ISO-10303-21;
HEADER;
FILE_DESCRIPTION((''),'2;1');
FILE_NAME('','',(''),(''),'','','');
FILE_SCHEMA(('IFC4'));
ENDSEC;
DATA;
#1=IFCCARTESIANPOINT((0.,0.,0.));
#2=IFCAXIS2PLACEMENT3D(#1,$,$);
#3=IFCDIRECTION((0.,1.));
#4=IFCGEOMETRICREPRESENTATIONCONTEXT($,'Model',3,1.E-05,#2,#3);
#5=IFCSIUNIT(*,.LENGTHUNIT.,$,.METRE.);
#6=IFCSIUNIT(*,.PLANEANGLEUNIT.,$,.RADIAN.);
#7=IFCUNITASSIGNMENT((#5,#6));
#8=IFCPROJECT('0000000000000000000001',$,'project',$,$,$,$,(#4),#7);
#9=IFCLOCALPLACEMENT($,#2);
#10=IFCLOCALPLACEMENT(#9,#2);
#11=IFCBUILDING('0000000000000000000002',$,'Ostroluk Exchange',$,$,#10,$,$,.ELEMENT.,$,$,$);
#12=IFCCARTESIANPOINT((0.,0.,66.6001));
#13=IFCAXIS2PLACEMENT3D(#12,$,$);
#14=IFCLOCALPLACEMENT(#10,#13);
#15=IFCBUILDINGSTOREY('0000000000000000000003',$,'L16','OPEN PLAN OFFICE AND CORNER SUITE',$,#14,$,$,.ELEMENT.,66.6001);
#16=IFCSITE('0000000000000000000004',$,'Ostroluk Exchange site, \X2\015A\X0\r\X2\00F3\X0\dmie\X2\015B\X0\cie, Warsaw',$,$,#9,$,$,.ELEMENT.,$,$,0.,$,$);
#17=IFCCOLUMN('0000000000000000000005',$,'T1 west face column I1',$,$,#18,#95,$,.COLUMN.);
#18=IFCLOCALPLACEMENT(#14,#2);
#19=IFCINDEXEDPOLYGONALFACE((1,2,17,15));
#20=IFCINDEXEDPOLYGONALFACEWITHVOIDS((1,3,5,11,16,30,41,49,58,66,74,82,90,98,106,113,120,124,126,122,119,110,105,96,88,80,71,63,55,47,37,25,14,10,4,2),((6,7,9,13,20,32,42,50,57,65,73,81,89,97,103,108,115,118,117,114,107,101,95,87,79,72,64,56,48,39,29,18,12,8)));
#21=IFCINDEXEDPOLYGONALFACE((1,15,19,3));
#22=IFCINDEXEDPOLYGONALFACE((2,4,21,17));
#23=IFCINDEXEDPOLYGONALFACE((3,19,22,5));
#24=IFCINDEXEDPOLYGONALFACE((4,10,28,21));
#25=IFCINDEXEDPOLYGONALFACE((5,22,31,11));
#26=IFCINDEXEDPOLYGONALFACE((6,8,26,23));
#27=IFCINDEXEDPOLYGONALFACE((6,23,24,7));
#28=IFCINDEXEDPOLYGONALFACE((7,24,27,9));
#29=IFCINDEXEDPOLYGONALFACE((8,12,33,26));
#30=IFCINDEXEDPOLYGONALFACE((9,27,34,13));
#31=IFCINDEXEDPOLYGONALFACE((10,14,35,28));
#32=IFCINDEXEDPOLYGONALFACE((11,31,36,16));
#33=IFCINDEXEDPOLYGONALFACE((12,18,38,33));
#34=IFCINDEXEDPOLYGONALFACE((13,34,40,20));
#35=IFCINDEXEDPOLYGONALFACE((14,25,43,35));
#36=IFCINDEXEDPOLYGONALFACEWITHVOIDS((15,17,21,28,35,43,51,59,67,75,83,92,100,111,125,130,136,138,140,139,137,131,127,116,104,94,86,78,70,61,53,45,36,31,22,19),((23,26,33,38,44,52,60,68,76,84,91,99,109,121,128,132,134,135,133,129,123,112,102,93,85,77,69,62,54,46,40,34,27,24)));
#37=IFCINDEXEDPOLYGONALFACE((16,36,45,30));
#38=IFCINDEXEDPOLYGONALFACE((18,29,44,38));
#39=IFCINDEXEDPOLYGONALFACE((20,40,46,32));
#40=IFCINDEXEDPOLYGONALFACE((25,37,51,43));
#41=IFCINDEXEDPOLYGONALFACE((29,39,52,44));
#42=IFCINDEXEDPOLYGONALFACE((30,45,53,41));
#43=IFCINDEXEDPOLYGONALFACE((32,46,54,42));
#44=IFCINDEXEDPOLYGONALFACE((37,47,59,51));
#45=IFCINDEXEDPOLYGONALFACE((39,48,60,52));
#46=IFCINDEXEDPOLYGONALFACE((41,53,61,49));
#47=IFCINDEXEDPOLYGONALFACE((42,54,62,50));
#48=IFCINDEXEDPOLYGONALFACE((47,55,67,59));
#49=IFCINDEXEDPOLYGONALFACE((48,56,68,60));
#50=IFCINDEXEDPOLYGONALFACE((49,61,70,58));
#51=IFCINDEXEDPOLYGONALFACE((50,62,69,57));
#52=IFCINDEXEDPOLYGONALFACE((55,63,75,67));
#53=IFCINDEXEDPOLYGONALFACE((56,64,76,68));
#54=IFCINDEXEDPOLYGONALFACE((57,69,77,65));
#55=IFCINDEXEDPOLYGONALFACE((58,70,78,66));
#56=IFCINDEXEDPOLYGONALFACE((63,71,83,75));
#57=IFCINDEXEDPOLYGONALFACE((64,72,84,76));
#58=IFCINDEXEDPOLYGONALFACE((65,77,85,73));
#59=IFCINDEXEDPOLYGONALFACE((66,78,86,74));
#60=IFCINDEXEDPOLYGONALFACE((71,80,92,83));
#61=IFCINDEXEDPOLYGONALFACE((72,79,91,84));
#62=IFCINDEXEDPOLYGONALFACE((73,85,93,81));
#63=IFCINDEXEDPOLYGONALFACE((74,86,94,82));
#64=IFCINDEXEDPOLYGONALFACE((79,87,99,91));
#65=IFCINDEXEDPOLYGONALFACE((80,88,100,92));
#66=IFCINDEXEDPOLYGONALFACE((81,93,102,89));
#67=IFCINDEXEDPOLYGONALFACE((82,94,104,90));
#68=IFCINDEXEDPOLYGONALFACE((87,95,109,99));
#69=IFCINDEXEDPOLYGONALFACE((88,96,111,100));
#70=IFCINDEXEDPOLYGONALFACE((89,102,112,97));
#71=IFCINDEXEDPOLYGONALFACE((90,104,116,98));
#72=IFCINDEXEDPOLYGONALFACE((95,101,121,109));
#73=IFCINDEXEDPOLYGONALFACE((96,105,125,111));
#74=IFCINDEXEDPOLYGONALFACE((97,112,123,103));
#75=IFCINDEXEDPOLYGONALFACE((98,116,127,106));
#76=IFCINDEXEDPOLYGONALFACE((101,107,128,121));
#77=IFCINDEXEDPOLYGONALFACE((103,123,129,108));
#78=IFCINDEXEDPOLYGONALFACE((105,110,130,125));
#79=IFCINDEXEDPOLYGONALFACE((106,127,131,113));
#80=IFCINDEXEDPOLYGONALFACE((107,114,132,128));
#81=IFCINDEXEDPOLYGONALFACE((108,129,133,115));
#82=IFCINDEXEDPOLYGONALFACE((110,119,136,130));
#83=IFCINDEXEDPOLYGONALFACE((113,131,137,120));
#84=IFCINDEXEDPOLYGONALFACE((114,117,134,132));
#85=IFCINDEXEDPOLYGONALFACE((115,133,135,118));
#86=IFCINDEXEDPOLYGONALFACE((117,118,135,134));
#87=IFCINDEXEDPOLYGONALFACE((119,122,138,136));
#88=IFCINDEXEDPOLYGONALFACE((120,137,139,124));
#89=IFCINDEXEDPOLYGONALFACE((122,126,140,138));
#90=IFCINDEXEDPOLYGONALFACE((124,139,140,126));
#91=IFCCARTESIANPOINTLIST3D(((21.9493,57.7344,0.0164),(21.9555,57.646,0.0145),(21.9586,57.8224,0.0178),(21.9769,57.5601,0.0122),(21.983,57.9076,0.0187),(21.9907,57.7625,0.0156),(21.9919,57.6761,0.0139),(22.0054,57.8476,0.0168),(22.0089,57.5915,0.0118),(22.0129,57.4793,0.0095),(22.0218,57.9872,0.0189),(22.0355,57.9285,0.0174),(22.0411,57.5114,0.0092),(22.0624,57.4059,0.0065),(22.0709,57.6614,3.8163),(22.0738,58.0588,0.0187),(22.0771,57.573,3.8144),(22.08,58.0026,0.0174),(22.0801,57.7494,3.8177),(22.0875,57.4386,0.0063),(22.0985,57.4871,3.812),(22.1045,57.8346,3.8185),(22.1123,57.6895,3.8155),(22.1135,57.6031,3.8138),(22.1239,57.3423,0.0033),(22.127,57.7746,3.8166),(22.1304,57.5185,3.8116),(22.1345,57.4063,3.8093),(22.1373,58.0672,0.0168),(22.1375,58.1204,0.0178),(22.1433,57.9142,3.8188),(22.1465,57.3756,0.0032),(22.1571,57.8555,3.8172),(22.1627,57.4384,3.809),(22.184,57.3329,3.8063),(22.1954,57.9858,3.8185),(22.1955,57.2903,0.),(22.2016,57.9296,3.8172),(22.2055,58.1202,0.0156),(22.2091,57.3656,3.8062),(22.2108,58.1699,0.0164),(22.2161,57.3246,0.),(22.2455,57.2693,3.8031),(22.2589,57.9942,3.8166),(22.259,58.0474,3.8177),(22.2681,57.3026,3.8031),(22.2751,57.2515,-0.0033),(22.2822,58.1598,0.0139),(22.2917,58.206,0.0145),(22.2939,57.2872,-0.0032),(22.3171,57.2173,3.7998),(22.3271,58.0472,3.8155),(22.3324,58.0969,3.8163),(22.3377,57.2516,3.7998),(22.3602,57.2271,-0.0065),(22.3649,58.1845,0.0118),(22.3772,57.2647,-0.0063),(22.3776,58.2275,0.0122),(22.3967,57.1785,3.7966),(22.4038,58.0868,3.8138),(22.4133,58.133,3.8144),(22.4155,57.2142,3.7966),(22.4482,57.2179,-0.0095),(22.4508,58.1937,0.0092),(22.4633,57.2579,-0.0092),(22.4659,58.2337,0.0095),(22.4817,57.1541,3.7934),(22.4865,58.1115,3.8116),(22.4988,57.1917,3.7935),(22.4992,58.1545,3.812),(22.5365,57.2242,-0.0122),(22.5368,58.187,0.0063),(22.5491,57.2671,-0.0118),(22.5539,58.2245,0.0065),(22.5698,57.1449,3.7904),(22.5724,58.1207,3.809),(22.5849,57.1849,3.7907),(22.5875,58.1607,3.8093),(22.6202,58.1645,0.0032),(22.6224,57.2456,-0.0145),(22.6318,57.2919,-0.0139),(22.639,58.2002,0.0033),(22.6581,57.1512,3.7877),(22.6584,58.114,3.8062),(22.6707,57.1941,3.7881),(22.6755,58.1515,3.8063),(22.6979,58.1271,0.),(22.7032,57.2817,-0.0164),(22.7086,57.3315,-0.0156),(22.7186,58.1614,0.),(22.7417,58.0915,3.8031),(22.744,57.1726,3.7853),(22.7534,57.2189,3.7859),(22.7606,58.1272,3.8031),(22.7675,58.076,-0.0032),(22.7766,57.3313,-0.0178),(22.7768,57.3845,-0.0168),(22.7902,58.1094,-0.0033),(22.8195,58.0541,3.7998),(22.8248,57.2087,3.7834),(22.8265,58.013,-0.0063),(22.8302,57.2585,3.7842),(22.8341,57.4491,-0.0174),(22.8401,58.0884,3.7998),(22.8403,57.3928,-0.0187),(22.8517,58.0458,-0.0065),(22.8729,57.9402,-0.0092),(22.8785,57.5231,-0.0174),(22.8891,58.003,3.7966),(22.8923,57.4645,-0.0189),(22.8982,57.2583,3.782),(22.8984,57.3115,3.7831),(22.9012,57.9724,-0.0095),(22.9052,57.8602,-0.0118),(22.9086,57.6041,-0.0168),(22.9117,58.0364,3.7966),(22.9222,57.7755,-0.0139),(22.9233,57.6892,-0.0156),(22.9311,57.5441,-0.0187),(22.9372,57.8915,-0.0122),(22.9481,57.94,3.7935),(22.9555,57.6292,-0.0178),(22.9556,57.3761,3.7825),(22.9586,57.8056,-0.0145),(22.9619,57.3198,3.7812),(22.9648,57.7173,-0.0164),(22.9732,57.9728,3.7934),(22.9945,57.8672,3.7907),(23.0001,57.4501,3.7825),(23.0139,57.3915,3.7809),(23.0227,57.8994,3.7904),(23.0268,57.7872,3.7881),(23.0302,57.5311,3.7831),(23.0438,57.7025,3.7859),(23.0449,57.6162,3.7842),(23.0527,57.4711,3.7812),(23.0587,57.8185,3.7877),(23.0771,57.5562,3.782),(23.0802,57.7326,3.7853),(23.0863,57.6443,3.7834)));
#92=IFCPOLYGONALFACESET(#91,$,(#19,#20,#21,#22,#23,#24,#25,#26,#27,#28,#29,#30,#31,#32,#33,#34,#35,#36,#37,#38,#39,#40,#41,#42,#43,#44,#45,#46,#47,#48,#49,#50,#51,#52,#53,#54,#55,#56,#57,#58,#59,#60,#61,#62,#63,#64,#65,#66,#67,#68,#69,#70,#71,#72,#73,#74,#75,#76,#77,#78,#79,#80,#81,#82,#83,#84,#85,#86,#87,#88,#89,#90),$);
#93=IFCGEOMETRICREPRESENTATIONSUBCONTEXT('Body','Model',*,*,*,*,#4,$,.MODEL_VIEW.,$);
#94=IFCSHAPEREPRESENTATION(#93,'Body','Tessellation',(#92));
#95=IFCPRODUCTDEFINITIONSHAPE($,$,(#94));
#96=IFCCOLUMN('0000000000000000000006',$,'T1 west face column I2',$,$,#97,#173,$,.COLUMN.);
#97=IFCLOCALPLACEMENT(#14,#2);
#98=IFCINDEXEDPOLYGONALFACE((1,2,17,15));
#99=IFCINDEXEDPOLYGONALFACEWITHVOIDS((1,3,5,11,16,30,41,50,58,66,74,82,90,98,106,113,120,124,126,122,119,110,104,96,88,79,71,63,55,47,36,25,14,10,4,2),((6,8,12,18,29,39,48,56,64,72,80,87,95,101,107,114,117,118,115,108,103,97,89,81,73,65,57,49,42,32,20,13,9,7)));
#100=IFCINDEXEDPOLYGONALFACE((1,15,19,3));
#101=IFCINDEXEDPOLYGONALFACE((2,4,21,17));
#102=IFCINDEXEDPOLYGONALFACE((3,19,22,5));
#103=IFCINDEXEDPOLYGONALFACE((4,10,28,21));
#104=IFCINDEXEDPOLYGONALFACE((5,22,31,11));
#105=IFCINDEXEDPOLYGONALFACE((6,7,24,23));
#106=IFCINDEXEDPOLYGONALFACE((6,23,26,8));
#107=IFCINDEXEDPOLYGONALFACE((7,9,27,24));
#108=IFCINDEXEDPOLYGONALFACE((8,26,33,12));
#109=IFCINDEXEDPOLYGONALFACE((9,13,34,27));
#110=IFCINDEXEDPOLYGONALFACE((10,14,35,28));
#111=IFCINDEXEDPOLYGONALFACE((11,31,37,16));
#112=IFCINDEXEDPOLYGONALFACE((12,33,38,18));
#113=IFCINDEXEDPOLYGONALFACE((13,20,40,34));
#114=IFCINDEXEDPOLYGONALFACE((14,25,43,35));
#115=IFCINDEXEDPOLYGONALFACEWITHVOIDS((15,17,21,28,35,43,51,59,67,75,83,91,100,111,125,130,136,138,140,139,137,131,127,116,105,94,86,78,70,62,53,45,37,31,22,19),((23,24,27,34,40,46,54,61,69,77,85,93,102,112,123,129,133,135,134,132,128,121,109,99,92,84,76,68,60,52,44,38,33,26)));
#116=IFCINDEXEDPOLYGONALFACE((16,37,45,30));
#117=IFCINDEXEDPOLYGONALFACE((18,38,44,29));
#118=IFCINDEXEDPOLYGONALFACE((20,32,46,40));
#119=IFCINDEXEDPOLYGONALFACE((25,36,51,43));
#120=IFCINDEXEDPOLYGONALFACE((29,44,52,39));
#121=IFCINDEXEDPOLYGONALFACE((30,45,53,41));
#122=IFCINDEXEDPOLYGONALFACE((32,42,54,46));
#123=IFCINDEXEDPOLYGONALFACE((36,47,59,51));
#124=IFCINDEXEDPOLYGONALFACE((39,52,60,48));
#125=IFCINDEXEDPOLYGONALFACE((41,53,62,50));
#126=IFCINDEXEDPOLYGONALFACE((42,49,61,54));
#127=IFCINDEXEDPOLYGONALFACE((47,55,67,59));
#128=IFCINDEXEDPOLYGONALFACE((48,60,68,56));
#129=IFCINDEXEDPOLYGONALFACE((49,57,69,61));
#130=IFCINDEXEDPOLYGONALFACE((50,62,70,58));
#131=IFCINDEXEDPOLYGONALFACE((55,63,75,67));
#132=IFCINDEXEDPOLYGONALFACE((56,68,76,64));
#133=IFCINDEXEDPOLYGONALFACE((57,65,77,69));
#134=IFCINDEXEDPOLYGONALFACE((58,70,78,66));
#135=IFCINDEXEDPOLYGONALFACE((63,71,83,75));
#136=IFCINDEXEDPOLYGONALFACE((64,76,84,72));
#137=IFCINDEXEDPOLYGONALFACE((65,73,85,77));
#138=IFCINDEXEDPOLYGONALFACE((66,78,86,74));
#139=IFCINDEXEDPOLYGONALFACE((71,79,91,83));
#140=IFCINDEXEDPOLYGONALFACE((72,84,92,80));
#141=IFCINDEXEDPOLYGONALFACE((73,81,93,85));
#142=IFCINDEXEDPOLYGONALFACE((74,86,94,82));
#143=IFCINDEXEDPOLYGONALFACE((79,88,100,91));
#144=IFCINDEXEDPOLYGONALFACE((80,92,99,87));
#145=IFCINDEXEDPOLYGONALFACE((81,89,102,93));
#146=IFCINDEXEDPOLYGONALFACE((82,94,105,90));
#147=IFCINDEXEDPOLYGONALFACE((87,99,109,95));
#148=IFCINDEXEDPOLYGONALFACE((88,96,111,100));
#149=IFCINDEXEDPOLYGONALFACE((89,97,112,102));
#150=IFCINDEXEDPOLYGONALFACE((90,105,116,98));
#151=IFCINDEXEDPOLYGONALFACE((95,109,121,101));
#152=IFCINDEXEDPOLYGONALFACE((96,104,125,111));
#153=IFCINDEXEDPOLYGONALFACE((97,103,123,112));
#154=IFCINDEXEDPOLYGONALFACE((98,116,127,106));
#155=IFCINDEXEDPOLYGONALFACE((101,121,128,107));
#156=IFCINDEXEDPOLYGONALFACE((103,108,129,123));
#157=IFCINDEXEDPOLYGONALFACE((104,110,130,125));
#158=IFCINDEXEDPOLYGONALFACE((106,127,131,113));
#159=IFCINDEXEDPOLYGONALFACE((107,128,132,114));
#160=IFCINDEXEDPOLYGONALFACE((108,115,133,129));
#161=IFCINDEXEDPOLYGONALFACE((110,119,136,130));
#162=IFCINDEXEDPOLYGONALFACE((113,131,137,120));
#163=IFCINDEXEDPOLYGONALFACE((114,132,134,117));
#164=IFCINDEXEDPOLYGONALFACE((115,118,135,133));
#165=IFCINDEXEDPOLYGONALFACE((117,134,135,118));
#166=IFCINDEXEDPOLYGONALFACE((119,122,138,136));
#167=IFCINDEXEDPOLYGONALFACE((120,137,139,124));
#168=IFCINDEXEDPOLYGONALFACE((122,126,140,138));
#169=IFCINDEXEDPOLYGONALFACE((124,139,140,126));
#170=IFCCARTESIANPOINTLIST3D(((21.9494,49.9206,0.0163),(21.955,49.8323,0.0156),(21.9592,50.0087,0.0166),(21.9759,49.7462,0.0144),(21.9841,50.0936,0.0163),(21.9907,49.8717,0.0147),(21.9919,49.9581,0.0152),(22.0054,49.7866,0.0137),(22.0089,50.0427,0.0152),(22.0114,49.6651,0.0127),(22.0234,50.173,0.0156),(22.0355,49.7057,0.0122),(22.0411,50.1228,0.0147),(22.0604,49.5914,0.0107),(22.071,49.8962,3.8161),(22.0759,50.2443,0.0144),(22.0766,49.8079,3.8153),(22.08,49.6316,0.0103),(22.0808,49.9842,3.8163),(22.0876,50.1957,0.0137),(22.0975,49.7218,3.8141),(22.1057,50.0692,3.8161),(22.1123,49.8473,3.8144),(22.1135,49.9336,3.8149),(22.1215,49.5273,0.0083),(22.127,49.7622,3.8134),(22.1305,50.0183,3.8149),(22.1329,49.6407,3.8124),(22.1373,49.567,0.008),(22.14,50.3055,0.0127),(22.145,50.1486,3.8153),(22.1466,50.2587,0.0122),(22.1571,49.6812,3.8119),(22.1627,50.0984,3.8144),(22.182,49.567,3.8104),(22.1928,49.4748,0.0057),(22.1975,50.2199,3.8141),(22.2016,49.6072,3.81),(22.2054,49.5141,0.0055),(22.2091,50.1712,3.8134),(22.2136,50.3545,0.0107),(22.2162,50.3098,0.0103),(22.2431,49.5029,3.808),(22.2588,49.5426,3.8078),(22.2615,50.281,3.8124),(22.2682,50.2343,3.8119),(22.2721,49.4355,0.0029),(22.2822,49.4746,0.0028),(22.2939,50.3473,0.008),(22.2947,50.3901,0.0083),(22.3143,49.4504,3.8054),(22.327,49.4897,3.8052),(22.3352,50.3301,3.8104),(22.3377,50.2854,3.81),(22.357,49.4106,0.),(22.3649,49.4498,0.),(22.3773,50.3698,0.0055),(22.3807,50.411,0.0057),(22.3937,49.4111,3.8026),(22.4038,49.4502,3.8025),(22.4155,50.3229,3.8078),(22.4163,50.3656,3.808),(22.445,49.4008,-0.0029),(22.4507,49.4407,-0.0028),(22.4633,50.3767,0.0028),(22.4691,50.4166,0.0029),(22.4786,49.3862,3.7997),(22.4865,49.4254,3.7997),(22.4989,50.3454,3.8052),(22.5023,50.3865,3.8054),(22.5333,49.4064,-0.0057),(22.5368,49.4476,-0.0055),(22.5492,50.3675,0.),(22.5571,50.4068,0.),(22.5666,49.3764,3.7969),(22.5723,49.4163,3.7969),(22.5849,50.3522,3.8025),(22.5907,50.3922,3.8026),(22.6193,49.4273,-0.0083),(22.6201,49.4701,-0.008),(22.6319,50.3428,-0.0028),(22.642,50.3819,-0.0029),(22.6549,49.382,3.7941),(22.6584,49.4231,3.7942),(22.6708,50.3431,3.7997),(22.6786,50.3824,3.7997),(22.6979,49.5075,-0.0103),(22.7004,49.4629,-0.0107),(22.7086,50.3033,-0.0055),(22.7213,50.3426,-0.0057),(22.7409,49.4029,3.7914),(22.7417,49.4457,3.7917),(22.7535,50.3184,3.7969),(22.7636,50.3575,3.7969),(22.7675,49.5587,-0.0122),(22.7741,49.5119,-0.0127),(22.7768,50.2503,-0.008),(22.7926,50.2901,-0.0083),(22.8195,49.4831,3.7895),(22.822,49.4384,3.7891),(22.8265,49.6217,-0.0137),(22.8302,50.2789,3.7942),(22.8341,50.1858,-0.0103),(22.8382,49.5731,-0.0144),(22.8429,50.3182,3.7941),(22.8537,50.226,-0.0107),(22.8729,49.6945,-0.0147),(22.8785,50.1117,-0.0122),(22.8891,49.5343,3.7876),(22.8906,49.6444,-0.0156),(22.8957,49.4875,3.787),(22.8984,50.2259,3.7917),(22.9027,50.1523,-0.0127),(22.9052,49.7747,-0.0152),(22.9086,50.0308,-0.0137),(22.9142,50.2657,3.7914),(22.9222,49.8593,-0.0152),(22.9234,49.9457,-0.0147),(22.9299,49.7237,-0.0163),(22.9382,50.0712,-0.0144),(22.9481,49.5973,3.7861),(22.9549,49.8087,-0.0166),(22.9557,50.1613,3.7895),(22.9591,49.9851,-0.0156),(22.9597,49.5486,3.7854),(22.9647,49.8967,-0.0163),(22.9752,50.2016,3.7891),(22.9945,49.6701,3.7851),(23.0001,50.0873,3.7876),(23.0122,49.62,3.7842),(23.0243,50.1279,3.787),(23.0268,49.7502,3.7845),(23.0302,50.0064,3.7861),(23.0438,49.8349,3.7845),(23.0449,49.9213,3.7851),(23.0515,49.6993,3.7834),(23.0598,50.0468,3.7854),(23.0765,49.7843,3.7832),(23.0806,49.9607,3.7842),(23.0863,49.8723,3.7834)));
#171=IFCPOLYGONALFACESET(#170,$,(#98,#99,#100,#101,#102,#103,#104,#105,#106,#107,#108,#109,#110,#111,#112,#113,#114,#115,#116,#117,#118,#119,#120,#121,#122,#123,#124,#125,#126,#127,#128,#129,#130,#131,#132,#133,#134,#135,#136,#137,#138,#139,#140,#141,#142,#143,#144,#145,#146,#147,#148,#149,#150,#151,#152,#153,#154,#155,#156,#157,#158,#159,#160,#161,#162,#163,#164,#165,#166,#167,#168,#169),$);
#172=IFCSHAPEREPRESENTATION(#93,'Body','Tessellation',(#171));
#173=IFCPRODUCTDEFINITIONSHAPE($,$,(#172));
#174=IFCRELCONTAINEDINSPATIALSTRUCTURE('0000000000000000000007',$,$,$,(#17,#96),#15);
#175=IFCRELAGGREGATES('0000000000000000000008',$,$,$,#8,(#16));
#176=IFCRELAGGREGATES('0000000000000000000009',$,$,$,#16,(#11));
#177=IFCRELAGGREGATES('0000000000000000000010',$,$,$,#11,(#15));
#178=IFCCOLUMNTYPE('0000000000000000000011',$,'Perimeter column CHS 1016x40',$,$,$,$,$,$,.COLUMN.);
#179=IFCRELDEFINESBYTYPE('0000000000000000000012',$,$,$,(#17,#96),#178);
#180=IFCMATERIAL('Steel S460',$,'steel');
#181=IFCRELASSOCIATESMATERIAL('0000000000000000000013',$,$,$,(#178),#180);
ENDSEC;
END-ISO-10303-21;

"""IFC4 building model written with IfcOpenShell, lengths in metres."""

from ifc_helpers import new_model, si_unit, direction, frame, origin, origin_2d, place, context, subcontext, project, spatial, hollow_circle, extrude, material, material_profile, profile_set, type_object, element, save


model = new_model("IFC4")

# Units and contexts
model_context = context("Model", 3, precision=1e-05, world=origin(), true_north=direction((0.0, 1.0)))
body_context = subcontext(model_context, "Body", "Model", "MODEL_VIEW")
ifc_project = project(units=[si_unit("LENGTHUNIT", "METRE"), si_unit("PLANEANGLEUNIT", "RADIAN")], contexts=[model_context])

# Site, building, storey
site_placement = place(None, origin())
site = spatial("IfcSite", under=ifc_project, at=site_placement, Name="Ostroluk Exchange site, Śródmieście, Warsaw", CompositionType="ELEMENT", RefElevation=0.0)
building_placement = place(site_placement, origin())
building = spatial("IfcBuilding", under=site, at=building_placement, Name="Ostroluk Exchange", CompositionType="ELEMENT")
storey_placement = place(building_placement, frame((0.0, 0.0, 66.6001)))
storey = spatial("IfcBuildingStorey", under=building, at=storey_placement, Name="L16", Description="OPEN PLAN OFFICE AND CORNER SUITE", CompositionType="ELEMENT", Elevation=66.6001)

# Columns
ifc_material_1 = material(Name="Steel S460", Category="steel")
ifc_material_profile_1 = material_profile(ifc_material_1, hollow_circle(Radius=0.5081, WallThickness=0.04, at=origin_2d()), Name="CHS 1016x40")
ifc_profile_set_1 = profile_set([ifc_material_profile_1], Name="Steel S460")
column_type = type_object("IfcColumnType", Name="Perimeter column CHS 1016x40", PredefinedType="COLUMN", material=ifc_profile_set_1)
column_1_placement = place(storey_placement, frame((22.457, 57.7258, 0.0), z_axis=(0.031975, -0.019198, 0.999304), x_axis=(0.514749, 0.857341, 0.0)))
element("IfcColumn", 1, at=column_1_placement, inside=storey, type_object=column_type, Name="T1 west face column I1", PredefinedType="COLUMN", context=body_context, shape_type="SweptSolid", body=[
    extrude(hollow_circle(Radius=0.5081, WallThickness=0.04, at=origin_2d()), origin(), (0.0, 0.0, 1.0), 3.8025),
])
column_2_placement = place(storey_placement, frame((22.457, 49.9087, 0.0), z_axis=(0.03198, -0.006422, 0.999468), x_axis=(0.196873, 0.980429, 0.0)))
element("IfcColumn", 2, at=column_2_placement, inside=storey, type_object=column_type, Name="T1 west face column I2", PredefinedType="COLUMN", context=body_context, shape_type="SweptSolid", body=[
    extrude(hollow_circle(Radius=0.5081, WallThickness=0.04, at=origin_2d()), origin(), (0.0, 0.0, 1.0), 3.8018),
])

save(model, "model.ifc")
